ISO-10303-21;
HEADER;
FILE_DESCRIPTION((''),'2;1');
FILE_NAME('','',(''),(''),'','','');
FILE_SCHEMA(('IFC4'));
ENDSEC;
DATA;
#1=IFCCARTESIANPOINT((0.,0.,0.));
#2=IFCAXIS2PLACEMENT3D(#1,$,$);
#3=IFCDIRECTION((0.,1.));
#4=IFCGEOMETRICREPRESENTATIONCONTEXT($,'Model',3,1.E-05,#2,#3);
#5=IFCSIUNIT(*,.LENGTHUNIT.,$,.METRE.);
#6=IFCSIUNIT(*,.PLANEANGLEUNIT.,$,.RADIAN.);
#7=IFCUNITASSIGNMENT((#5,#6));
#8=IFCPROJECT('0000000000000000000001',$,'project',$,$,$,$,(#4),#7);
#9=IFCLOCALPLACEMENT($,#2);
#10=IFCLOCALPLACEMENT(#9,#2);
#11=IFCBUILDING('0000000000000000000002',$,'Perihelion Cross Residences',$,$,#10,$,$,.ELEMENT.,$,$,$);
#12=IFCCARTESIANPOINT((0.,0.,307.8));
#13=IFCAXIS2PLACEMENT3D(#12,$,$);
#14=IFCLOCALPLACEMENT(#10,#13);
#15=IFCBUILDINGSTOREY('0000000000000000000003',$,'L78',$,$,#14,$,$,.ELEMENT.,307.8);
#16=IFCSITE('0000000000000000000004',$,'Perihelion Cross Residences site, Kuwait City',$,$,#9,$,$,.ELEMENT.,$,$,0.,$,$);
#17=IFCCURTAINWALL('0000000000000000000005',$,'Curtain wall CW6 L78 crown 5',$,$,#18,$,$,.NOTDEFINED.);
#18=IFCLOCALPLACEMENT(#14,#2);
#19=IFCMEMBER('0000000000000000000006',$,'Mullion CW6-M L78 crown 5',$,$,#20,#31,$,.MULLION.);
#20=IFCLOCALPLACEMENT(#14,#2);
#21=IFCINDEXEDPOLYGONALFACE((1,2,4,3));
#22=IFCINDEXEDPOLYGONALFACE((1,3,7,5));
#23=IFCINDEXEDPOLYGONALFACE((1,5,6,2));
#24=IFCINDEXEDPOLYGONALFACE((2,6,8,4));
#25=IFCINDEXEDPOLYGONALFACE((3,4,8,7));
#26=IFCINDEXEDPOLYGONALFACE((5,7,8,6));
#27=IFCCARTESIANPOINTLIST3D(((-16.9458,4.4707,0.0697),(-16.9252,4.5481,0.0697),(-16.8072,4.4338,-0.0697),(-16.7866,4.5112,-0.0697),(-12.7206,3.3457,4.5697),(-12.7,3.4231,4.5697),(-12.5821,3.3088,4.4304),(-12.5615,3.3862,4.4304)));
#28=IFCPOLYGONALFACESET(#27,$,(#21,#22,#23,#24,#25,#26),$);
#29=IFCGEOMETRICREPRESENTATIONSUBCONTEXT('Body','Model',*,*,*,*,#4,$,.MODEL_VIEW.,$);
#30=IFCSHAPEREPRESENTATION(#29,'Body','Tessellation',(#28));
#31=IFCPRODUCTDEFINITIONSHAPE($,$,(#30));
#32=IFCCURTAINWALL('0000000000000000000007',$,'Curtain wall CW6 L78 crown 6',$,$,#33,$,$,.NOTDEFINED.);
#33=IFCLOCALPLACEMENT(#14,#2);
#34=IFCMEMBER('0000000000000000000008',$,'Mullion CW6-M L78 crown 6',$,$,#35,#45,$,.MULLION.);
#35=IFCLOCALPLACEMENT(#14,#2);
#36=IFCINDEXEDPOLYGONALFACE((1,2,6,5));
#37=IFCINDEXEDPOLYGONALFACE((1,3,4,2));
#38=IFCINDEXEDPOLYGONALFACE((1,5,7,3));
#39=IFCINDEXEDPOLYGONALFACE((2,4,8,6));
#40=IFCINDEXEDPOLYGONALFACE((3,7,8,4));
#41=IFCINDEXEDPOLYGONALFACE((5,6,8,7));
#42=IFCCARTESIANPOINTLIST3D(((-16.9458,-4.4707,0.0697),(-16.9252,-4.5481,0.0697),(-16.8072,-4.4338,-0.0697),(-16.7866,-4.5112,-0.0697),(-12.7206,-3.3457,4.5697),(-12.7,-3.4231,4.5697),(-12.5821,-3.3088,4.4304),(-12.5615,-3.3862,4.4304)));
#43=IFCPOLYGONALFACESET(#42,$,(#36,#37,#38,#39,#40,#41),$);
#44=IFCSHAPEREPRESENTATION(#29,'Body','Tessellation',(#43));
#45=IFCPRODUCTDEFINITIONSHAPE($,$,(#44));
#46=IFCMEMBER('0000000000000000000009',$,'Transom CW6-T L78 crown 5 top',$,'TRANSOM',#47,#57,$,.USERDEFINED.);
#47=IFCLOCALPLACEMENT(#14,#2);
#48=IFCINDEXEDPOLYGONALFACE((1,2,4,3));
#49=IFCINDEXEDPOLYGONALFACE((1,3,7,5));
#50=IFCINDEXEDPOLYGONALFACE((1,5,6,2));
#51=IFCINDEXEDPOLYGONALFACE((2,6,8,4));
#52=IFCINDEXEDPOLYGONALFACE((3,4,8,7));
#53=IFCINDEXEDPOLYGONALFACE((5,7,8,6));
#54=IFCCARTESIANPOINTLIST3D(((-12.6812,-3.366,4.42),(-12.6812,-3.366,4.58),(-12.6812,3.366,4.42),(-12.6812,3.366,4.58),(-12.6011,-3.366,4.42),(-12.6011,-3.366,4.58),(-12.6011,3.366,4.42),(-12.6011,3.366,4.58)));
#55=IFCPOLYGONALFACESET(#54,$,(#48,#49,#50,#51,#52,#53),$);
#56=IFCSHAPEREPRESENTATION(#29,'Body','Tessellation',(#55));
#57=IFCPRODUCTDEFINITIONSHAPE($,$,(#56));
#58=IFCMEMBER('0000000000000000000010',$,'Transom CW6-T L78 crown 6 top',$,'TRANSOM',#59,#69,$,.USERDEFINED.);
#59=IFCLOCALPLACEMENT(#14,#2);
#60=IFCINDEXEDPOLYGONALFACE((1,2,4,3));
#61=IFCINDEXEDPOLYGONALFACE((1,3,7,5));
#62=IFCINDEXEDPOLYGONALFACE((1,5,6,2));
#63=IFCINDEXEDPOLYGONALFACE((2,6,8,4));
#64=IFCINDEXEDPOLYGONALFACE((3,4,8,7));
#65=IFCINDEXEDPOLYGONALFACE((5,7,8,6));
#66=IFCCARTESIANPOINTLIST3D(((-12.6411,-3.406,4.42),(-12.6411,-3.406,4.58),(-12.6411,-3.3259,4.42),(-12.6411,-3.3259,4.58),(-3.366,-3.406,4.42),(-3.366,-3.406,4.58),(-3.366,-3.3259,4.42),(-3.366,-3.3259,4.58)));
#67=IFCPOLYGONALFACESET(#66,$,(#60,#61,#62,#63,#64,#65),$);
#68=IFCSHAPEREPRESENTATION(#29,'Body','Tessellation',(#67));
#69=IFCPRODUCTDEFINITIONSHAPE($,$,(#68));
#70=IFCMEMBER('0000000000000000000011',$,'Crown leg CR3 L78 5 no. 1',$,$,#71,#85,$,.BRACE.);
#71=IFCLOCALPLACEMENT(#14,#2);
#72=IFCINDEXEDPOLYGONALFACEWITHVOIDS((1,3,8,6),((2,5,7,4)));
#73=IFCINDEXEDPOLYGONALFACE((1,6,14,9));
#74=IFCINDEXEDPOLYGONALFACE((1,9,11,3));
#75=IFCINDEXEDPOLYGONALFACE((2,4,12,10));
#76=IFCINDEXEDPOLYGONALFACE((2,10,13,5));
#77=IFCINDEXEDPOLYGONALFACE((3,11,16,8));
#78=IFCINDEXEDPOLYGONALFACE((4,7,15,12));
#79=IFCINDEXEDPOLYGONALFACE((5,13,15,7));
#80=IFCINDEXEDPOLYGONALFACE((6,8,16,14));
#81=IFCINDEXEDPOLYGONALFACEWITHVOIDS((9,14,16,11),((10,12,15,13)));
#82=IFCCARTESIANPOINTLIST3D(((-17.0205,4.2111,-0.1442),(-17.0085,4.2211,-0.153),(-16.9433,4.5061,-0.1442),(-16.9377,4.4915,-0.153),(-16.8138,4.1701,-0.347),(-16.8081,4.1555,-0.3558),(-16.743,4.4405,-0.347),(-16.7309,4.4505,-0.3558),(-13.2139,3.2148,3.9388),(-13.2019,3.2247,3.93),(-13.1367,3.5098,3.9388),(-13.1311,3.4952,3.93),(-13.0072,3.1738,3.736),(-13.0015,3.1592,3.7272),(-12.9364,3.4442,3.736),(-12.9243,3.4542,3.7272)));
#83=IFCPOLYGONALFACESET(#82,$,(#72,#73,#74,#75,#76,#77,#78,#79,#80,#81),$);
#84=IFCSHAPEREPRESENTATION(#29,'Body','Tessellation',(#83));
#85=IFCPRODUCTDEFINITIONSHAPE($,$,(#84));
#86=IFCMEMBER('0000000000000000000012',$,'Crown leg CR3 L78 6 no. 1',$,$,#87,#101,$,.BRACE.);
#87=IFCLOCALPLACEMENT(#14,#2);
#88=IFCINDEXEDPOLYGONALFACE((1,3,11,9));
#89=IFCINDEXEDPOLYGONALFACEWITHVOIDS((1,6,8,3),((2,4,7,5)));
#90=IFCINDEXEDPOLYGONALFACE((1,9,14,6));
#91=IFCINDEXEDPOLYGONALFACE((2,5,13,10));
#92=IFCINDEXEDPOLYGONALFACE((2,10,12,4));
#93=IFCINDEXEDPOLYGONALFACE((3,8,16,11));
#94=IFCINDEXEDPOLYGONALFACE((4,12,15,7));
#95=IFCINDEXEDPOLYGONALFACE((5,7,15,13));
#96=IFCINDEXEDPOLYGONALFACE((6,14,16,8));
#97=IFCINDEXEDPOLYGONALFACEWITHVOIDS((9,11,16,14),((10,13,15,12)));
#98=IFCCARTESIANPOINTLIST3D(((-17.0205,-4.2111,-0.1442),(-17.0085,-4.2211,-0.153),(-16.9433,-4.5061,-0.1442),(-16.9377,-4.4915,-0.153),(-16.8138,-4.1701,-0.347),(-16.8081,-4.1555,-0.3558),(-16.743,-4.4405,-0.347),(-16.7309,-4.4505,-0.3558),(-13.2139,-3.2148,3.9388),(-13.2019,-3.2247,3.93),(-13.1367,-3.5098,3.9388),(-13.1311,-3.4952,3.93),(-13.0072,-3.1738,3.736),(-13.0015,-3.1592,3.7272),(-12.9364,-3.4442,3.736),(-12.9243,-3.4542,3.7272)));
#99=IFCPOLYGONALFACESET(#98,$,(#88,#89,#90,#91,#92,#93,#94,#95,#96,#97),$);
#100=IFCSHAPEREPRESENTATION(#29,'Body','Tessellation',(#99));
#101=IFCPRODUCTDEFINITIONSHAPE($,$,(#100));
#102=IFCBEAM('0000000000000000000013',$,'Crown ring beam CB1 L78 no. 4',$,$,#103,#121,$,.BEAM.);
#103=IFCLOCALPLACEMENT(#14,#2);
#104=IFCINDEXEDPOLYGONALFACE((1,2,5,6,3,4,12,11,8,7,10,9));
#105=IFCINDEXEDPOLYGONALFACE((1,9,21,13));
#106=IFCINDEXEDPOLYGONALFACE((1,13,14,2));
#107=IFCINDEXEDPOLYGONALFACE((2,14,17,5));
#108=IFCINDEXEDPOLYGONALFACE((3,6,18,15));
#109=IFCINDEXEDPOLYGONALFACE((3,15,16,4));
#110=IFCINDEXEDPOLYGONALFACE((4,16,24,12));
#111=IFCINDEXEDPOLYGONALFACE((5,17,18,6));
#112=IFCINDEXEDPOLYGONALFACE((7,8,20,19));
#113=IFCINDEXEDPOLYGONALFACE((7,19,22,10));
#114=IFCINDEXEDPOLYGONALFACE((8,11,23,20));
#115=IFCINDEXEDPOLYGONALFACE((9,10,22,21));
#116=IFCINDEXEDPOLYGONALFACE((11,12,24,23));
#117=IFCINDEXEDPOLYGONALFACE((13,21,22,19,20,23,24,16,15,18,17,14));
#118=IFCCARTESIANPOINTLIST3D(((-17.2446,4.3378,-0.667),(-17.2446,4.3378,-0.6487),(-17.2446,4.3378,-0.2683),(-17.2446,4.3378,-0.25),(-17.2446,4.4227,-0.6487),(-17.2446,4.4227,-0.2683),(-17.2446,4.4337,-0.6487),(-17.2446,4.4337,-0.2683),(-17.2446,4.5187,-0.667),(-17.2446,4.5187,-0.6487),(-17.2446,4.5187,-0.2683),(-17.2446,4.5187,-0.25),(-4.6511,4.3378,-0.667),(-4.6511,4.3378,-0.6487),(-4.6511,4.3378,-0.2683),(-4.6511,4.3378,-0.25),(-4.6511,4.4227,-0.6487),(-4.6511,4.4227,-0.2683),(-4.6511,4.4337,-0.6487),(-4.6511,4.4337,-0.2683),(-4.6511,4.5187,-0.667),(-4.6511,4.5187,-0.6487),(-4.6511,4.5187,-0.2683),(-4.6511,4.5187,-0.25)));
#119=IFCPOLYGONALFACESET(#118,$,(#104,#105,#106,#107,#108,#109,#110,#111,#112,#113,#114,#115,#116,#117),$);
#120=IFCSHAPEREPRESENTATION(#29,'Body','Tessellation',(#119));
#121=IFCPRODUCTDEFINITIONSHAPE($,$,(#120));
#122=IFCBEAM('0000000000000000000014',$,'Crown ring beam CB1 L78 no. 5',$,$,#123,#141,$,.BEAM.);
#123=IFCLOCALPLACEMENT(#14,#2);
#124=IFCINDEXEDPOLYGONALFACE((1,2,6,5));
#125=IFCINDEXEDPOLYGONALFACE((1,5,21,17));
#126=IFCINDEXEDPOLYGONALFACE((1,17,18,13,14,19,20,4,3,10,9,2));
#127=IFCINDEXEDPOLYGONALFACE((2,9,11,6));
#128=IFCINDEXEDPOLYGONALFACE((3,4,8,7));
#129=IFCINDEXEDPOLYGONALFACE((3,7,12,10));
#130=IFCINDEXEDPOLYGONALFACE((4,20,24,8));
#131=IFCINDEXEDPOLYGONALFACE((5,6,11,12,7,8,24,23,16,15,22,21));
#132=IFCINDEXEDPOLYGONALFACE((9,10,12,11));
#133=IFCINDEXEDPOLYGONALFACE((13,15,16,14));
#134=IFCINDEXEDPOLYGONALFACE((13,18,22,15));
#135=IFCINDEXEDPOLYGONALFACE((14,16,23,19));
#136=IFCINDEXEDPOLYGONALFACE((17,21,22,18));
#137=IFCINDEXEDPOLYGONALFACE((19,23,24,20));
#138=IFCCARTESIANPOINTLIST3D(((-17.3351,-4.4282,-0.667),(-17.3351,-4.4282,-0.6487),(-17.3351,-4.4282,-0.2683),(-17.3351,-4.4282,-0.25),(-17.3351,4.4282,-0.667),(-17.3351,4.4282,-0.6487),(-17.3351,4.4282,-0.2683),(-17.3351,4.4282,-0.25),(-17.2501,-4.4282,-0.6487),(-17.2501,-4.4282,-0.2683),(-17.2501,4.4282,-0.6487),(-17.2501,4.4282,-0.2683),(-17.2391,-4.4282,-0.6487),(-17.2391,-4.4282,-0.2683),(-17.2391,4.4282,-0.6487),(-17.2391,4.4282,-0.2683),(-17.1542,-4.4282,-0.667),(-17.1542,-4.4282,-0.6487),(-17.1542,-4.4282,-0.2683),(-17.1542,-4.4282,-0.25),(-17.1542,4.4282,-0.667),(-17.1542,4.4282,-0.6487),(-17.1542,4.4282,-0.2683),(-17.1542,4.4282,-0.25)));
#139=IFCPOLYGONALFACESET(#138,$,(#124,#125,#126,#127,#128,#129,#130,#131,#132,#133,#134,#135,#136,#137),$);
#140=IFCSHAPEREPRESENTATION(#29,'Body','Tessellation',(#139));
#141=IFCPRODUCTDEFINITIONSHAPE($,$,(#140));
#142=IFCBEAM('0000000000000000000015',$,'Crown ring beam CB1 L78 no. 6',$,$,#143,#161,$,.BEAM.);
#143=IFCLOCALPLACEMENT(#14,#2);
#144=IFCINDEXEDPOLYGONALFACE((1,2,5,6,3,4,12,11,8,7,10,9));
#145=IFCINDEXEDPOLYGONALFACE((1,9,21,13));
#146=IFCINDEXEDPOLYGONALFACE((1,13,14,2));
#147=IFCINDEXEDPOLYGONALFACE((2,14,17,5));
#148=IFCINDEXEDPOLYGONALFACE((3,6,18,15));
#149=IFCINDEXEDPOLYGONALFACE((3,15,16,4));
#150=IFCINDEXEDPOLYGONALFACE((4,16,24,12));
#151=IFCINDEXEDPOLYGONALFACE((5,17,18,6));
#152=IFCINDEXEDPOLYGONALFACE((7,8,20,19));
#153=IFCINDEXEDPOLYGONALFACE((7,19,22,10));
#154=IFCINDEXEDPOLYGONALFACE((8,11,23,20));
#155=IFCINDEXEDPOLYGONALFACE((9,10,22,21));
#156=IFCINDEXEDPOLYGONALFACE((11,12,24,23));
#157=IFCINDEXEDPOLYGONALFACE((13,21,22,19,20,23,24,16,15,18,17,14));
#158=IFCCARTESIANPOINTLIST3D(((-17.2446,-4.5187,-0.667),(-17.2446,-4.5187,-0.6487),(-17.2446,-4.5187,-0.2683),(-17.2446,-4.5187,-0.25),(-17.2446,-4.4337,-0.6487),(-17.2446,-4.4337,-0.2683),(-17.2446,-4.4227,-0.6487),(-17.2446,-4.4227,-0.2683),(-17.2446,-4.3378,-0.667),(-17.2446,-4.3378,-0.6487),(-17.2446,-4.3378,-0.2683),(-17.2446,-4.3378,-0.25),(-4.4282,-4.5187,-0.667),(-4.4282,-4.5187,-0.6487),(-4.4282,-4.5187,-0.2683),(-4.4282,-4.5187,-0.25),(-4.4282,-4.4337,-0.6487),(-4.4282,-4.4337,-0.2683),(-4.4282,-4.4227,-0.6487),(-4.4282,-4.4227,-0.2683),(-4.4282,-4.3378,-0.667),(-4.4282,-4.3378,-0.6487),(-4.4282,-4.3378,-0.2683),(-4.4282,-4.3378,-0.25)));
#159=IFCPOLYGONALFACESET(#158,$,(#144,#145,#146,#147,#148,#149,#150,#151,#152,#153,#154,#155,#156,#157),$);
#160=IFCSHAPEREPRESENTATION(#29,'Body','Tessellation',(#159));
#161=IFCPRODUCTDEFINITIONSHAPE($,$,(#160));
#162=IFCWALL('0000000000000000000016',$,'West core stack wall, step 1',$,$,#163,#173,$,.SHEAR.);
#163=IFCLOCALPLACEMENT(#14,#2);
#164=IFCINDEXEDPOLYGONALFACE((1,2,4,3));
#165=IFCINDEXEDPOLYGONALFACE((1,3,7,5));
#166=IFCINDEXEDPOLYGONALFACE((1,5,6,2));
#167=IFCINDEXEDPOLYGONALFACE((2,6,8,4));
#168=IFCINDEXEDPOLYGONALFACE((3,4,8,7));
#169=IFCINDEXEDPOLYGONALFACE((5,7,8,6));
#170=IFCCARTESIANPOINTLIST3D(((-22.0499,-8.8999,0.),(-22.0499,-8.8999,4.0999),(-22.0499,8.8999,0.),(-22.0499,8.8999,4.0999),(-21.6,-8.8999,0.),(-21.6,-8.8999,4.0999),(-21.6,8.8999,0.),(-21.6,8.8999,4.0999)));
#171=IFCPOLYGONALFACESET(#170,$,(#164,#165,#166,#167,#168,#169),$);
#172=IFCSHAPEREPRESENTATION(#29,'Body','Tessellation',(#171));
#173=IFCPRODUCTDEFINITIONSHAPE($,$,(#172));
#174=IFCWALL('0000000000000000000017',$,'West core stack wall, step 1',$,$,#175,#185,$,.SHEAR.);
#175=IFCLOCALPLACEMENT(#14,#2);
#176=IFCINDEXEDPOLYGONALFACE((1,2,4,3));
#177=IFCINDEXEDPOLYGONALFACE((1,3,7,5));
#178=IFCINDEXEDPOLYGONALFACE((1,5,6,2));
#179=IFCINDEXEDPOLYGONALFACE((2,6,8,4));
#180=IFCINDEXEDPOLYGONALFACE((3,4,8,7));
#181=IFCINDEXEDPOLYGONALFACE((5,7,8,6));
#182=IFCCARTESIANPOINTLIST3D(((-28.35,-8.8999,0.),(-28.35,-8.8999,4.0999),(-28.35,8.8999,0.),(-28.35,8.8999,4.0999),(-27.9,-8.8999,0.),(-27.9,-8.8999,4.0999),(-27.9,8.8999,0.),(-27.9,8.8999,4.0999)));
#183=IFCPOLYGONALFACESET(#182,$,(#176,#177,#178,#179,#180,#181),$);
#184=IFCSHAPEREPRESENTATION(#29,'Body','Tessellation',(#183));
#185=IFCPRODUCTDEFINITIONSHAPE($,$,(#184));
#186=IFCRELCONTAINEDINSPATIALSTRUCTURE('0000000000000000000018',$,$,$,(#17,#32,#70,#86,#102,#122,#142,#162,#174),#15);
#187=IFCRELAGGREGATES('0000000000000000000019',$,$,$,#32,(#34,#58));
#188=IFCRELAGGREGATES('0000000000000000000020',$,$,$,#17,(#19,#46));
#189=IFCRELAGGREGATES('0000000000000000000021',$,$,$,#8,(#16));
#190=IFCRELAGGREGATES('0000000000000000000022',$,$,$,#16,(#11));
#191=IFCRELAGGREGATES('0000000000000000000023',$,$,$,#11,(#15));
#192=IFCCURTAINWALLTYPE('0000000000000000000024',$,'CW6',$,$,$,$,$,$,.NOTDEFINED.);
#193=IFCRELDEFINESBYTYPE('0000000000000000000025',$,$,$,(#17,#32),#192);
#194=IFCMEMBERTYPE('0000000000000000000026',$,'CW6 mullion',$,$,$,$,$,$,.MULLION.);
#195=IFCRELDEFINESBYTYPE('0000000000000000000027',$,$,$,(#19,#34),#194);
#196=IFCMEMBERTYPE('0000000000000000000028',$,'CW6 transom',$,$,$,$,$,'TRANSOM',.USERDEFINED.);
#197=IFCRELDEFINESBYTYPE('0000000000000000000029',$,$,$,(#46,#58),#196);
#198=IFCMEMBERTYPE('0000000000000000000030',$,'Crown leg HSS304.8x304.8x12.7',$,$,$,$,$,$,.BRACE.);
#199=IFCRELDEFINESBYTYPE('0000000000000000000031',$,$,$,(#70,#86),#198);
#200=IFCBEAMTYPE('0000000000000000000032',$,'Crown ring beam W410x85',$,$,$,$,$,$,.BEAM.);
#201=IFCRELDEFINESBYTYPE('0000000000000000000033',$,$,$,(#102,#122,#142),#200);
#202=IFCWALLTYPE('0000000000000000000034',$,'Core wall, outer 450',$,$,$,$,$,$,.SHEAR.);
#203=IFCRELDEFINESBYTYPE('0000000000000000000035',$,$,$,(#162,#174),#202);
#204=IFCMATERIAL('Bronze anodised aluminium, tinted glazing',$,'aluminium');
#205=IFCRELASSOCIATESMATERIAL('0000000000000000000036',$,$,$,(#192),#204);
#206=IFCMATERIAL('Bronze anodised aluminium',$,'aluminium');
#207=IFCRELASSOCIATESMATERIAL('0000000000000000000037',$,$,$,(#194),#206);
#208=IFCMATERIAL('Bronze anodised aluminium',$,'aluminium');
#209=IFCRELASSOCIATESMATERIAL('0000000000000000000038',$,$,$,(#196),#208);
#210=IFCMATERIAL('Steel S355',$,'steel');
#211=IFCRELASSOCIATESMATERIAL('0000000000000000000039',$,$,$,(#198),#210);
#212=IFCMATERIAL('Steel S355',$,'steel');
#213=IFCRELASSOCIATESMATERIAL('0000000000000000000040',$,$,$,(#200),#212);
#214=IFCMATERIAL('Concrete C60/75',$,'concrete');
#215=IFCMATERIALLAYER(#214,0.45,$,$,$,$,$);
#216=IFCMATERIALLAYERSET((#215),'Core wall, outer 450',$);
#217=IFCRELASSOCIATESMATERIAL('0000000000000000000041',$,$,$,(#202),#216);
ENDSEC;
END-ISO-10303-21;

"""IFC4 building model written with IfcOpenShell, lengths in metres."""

from ifc_helpers import new_model, si_unit, direction, frame, frame_2d, origin, origin_2d, place, context, subcontext, project, spatial, rectangle, hollow_rectangle, i_section, extrude, material, layer, layer_set, material_profile, profile_set, type_object, element, aggregate, save


model = new_model("IFC4")

# Units and contexts
model_context = context("Model", 3, precision=1e-05, world=origin(), true_north=direction((0.0, 1.0)))
body_context = subcontext(model_context, "Body", "Model", "MODEL_VIEW")
ifc_project = project(units=[si_unit("LENGTHUNIT", "METRE"), si_unit("PLANEANGLEUNIT", "RADIAN")], contexts=[model_context])

# Site, building, storey
site_placement = place(None, origin())
site = spatial("IfcSite", under=ifc_project, at=site_placement, Name="Perihelion Cross Residences site, Kuwait City", CompositionType="ELEMENT", RefElevation=0.0)
building_placement = place(site_placement, origin())
building = spatial("IfcBuilding", under=site, at=building_placement, Name="Perihelion Cross Residences", CompositionType="ELEMENT")
storey_placement = place(building_placement, frame((0.0, 0.0, 307.8)))
storey = spatial("IfcBuildingStorey", under=building, at=storey_placement, Name="L78", CompositionType="ELEMENT", Elevation=307.8)

# Curtain walls, members
ifc_material_1 = material(Name="Bronze anodised aluminium, tinted glazing", Category="aluminium")
curtain_wall_type = type_object("IfcCurtainWallType", Name="CW6", PredefinedType="NOTDEFINED", material=ifc_material_1)
curtain_wall_1_placement = place(storey_placement, origin())
curtain_wall_1 = element("IfcCurtainWall", 1, at=curtain_wall_1_placement, inside=storey, type_object=curtain_wall_type, Name="Curtain wall CW6 L78 crown 5", PredefinedType="NOTDEFINED")
ifc_material_2 = material(Name="Bronze anodised aluminium", Category="aluminium")
ifc_material_profile_1 = material_profile(ifc_material_2, rectangle(XDim=0.0801, YDim=0.2, at=origin_2d()), Name="CW6 mullion")
ifc_profile_set_1 = profile_set([ifc_material_profile_1], Name="Bronze anodised aluminium")
member_type_1 = type_object("IfcMemberType", Name="CW6 mullion", PredefinedType="MULLION", material=ifc_profile_set_1)
member_1_placement = place(storey_placement, frame((-16.8662, 4.491, 0.0), z_axis=(0.673395, -0.179302, 0.717209), x_axis=(0.257301, 0.966331, 0.0)))
member_1 = element("IfcMember", 2, at=member_1_placement, type_object=member_type_1, Name="Mullion CW6-M L78 crown 5", PredefinedType="MULLION", context=body_context, shape_type="SweptSolid", body=[
    extrude(rectangle(XDim=0.0801, YDim=0.2, at=origin_2d()), origin(), (0.0, 0.0, 1.0), 6.2744),
])
curtain_wall_2_placement = place(storey_placement, origin())
curtain_wall_2 = element("IfcCurtainWall", 3, at=curtain_wall_2_placement, inside=storey, type_object=curtain_wall_type, Name="Curtain wall CW6 L78 crown 6", PredefinedType="NOTDEFINED")
member_2_placement = place(storey_placement, frame((-16.8662, -4.491, 0.0), z_axis=(0.673395, 0.179302, 0.717209), x_axis=(-0.257301, 0.966331, 0.0)))
member_2 = element("IfcMember", 4, at=member_2_placement, type_object=member_type_1, Name="Mullion CW6-M L78 crown 6", PredefinedType="MULLION", context=body_context, shape_type="SweptSolid", body=[
    extrude(rectangle(XDim=0.0801, YDim=0.2, at=origin_2d()), origin(), (0.0, 0.0, 1.0), 6.2744),
])

# Members
ifc_material_3 = material(Name="Bronze anodised aluminium", Category="aluminium")
ifc_material_profile_2 = material_profile(ifc_material_3, rectangle(XDim=0.0801, YDim=0.1599, at=origin_2d()), Name="CW6 transom")
ifc_profile_set_2 = profile_set([ifc_material_profile_2], Name="Bronze anodised aluminium")
member_type_2 = type_object("IfcMemberType", Name="CW6 transom", ElementType="TRANSOM", PredefinedType="USERDEFINED", material=ifc_profile_set_2)
member_3_placement = place(storey_placement, frame((-12.6411, 3.366, 4.5), z_axis=(0.0, -1.0, 0.0), x_axis=(1.0, 0.0, 0.0)))
member_3 = element("IfcMember", 5, at=member_3_placement, type_object=member_type_2, Name="Transom CW6-T L78 crown 5 top", ObjectType="TRANSOM", PredefinedType="USERDEFINED", context=body_context, shape_type="SweptSolid", body=[
    extrude(rectangle(XDim=0.0801, YDim=0.1599, at=origin_2d()), origin(), (0.0, 0.0, 1.0), 6.7319),
])
member_4_placement = place(storey_placement, frame((-12.6411, -3.366, 4.5), z_axis=(1.0, 0.0, 0.0), x_axis=(0.0, 1.0, 0.0)))
member_4 = element("IfcMember", 6, at=member_4_placement, type_object=member_type_2, Name="Transom CW6-T L78 crown 6 top", ObjectType="TRANSOM", PredefinedType="USERDEFINED", context=body_context, shape_type="SweptSolid", body=[
    extrude(rectangle(XDim=0.0801, YDim=0.1599, at=origin_2d()), origin(), (0.0, 0.0, 1.0), 9.2751),
])
aggregate(curtain_wall_2, [member_2, member_4])

# Members
ifc_material_4 = material(Name="Steel S355", Category="steel")
ifc_material_profile_3 = material_profile(ifc_material_4, hollow_rectangle(XDim=0.3049, YDim=0.3049, WallThickness=0.0127, at=origin_2d()), Name="HSS304.8x304.8x12.7")
ifc_profile_set_3 = profile_set([ifc_material_profile_3], Name="Steel S355")
member_type_3 = type_object("IfcMemberType", Name="Crown leg HSS304.8x304.8x12.7", PredefinedType="BRACE", material=ifc_profile_set_3)
for number, where, z_axis, x_axis, name in (
    (7, (-16.8757, 4.3308, -0.25), (0.67131, -0.175707, 0.720048), (0.253207, 0.967412, 0.0), "Crown leg CR3 L78 5 no. 1"),
    (8, (-16.8757, -4.3308, -0.25), (0.67131, 0.175707, 0.720048), (-0.253207, 0.967412, 0.0), "Crown leg CR3 L78 6 no. 1"),
):
    element("IfcMember", number, at=place(storey_placement, frame(where, z_axis=z_axis, x_axis=x_axis)), inside=storey, type_object=member_type_3, Name=name, PredefinedType="BRACE", context=body_context, shape_type="SweptSolid", body=[
        extrude(hollow_rectangle(XDim=0.3049, YDim=0.3049, WallThickness=0.0127, at=origin_2d()), origin(), (0.0, 0.0, 1.0), 5.6704),
    ])

# Beams
ifc_material_5 = material(Name="Steel S355", Category="steel")
ifc_material_profile_4 = material_profile(ifc_material_5, i_section(OverallWidth=0.1809, OverallDepth=0.417, WebThickness=0.011, FlangeThickness=0.0183, at=origin_2d()), Name="W410x85")
ifc_profile_set_4 = profile_set([ifc_material_profile_4], Name="Steel S355")
beam_type = type_object("IfcBeamType", Name="Crown ring beam W410x85", PredefinedType="BEAM", material=ifc_profile_set_4)
beam_1_placement = place(storey_placement, frame((-4.6511, 4.4282, -0.4585), z_axis=(-1.0, 0.0, 0.0), x_axis=(0.0, -1.0, 0.0)))
element("IfcBeam", 9, at=beam_1_placement, inside=storey, type_object=beam_type, Name="Crown ring beam CB1 L78 no. 4", PredefinedType="BEAM", context=body_context, shape_type="SweptSolid", body=[
    extrude(i_section(OverallWidth=0.1809, OverallDepth=0.417, WebThickness=0.011, FlangeThickness=0.0183, at=origin_2d()), origin(), (0.0, 0.0, 1.0), 12.5935),
])
beam_2_placement = place(storey_placement, frame((-17.2446, 4.4282, -0.4585), z_axis=(0.0, -1.0, 0.0), x_axis=(1.0, 0.0, 0.0)))
element("IfcBeam", 10, at=beam_2_placement, inside=storey, type_object=beam_type, Name="Crown ring beam CB1 L78 no. 5", PredefinedType="BEAM", context=body_context, shape_type="SweptSolid", body=[
    extrude(i_section(OverallWidth=0.1809, OverallDepth=0.417, WebThickness=0.011, FlangeThickness=0.0183, at=origin_2d()), origin(), (0.0, 0.0, 1.0), 8.8564),
])
beam_3_placement = place(storey_placement, frame((-17.2446, -4.4282, -0.4585), z_axis=(1.0, 0.0, 0.0), x_axis=(0.0, 1.0, 0.0)))
element("IfcBeam", 11, at=beam_3_placement, inside=storey, type_object=beam_type, Name="Crown ring beam CB1 L78 no. 6", PredefinedType="BEAM", context=body_context, shape_type="SweptSolid", body=[
    extrude(i_section(OverallWidth=0.1809, OverallDepth=0.417, WebThickness=0.011, FlangeThickness=0.0183, at=origin_2d()), origin(), (0.0, 0.0, 1.0), 12.8164),
])

aggregate(curtain_wall_1, [member_1, member_3])

# Walls
ifc_material_6 = material(Name="Concrete C60/75", Category="concrete")
ifc_layer_1 = layer(ifc_material_6, 0.45)
ifc_layer_set_1 = layer_set([ifc_layer_1], Name="Core wall, outer 450")
wall_type = type_object("IfcWallType", Name="Core wall, outer 450", PredefinedType="SHEAR", material=ifc_layer_set_1)
for number, where, z_axis, x_axis, name in (
    (12, (-21.825, -8.8999, 0.0), (0.0, 0.0, 1.0), (0.0, 1.0, 0.0), "West core stack wall, step 1"),
    (13, (-28.125, -8.8999, 0.0), (0.0, 0.0, 1.0), (0.0, 1.0, 0.0), "West core stack wall, step 1"),
):
    element("IfcWall", number, at=place(storey_placement, frame(where, z_axis=z_axis, x_axis=x_axis)), inside=storey, type_object=wall_type, Name=name, PredefinedType="SHEAR", context=body_context, shape_type="SweptSolid", body=[
        extrude(rectangle(XDim=17.7998, YDim=0.45, at=frame_2d((8.8999, 0.0))), origin(), (0.0, 0.0, 1.0), 4.0999),
    ])

save(model, "model.ifc")
